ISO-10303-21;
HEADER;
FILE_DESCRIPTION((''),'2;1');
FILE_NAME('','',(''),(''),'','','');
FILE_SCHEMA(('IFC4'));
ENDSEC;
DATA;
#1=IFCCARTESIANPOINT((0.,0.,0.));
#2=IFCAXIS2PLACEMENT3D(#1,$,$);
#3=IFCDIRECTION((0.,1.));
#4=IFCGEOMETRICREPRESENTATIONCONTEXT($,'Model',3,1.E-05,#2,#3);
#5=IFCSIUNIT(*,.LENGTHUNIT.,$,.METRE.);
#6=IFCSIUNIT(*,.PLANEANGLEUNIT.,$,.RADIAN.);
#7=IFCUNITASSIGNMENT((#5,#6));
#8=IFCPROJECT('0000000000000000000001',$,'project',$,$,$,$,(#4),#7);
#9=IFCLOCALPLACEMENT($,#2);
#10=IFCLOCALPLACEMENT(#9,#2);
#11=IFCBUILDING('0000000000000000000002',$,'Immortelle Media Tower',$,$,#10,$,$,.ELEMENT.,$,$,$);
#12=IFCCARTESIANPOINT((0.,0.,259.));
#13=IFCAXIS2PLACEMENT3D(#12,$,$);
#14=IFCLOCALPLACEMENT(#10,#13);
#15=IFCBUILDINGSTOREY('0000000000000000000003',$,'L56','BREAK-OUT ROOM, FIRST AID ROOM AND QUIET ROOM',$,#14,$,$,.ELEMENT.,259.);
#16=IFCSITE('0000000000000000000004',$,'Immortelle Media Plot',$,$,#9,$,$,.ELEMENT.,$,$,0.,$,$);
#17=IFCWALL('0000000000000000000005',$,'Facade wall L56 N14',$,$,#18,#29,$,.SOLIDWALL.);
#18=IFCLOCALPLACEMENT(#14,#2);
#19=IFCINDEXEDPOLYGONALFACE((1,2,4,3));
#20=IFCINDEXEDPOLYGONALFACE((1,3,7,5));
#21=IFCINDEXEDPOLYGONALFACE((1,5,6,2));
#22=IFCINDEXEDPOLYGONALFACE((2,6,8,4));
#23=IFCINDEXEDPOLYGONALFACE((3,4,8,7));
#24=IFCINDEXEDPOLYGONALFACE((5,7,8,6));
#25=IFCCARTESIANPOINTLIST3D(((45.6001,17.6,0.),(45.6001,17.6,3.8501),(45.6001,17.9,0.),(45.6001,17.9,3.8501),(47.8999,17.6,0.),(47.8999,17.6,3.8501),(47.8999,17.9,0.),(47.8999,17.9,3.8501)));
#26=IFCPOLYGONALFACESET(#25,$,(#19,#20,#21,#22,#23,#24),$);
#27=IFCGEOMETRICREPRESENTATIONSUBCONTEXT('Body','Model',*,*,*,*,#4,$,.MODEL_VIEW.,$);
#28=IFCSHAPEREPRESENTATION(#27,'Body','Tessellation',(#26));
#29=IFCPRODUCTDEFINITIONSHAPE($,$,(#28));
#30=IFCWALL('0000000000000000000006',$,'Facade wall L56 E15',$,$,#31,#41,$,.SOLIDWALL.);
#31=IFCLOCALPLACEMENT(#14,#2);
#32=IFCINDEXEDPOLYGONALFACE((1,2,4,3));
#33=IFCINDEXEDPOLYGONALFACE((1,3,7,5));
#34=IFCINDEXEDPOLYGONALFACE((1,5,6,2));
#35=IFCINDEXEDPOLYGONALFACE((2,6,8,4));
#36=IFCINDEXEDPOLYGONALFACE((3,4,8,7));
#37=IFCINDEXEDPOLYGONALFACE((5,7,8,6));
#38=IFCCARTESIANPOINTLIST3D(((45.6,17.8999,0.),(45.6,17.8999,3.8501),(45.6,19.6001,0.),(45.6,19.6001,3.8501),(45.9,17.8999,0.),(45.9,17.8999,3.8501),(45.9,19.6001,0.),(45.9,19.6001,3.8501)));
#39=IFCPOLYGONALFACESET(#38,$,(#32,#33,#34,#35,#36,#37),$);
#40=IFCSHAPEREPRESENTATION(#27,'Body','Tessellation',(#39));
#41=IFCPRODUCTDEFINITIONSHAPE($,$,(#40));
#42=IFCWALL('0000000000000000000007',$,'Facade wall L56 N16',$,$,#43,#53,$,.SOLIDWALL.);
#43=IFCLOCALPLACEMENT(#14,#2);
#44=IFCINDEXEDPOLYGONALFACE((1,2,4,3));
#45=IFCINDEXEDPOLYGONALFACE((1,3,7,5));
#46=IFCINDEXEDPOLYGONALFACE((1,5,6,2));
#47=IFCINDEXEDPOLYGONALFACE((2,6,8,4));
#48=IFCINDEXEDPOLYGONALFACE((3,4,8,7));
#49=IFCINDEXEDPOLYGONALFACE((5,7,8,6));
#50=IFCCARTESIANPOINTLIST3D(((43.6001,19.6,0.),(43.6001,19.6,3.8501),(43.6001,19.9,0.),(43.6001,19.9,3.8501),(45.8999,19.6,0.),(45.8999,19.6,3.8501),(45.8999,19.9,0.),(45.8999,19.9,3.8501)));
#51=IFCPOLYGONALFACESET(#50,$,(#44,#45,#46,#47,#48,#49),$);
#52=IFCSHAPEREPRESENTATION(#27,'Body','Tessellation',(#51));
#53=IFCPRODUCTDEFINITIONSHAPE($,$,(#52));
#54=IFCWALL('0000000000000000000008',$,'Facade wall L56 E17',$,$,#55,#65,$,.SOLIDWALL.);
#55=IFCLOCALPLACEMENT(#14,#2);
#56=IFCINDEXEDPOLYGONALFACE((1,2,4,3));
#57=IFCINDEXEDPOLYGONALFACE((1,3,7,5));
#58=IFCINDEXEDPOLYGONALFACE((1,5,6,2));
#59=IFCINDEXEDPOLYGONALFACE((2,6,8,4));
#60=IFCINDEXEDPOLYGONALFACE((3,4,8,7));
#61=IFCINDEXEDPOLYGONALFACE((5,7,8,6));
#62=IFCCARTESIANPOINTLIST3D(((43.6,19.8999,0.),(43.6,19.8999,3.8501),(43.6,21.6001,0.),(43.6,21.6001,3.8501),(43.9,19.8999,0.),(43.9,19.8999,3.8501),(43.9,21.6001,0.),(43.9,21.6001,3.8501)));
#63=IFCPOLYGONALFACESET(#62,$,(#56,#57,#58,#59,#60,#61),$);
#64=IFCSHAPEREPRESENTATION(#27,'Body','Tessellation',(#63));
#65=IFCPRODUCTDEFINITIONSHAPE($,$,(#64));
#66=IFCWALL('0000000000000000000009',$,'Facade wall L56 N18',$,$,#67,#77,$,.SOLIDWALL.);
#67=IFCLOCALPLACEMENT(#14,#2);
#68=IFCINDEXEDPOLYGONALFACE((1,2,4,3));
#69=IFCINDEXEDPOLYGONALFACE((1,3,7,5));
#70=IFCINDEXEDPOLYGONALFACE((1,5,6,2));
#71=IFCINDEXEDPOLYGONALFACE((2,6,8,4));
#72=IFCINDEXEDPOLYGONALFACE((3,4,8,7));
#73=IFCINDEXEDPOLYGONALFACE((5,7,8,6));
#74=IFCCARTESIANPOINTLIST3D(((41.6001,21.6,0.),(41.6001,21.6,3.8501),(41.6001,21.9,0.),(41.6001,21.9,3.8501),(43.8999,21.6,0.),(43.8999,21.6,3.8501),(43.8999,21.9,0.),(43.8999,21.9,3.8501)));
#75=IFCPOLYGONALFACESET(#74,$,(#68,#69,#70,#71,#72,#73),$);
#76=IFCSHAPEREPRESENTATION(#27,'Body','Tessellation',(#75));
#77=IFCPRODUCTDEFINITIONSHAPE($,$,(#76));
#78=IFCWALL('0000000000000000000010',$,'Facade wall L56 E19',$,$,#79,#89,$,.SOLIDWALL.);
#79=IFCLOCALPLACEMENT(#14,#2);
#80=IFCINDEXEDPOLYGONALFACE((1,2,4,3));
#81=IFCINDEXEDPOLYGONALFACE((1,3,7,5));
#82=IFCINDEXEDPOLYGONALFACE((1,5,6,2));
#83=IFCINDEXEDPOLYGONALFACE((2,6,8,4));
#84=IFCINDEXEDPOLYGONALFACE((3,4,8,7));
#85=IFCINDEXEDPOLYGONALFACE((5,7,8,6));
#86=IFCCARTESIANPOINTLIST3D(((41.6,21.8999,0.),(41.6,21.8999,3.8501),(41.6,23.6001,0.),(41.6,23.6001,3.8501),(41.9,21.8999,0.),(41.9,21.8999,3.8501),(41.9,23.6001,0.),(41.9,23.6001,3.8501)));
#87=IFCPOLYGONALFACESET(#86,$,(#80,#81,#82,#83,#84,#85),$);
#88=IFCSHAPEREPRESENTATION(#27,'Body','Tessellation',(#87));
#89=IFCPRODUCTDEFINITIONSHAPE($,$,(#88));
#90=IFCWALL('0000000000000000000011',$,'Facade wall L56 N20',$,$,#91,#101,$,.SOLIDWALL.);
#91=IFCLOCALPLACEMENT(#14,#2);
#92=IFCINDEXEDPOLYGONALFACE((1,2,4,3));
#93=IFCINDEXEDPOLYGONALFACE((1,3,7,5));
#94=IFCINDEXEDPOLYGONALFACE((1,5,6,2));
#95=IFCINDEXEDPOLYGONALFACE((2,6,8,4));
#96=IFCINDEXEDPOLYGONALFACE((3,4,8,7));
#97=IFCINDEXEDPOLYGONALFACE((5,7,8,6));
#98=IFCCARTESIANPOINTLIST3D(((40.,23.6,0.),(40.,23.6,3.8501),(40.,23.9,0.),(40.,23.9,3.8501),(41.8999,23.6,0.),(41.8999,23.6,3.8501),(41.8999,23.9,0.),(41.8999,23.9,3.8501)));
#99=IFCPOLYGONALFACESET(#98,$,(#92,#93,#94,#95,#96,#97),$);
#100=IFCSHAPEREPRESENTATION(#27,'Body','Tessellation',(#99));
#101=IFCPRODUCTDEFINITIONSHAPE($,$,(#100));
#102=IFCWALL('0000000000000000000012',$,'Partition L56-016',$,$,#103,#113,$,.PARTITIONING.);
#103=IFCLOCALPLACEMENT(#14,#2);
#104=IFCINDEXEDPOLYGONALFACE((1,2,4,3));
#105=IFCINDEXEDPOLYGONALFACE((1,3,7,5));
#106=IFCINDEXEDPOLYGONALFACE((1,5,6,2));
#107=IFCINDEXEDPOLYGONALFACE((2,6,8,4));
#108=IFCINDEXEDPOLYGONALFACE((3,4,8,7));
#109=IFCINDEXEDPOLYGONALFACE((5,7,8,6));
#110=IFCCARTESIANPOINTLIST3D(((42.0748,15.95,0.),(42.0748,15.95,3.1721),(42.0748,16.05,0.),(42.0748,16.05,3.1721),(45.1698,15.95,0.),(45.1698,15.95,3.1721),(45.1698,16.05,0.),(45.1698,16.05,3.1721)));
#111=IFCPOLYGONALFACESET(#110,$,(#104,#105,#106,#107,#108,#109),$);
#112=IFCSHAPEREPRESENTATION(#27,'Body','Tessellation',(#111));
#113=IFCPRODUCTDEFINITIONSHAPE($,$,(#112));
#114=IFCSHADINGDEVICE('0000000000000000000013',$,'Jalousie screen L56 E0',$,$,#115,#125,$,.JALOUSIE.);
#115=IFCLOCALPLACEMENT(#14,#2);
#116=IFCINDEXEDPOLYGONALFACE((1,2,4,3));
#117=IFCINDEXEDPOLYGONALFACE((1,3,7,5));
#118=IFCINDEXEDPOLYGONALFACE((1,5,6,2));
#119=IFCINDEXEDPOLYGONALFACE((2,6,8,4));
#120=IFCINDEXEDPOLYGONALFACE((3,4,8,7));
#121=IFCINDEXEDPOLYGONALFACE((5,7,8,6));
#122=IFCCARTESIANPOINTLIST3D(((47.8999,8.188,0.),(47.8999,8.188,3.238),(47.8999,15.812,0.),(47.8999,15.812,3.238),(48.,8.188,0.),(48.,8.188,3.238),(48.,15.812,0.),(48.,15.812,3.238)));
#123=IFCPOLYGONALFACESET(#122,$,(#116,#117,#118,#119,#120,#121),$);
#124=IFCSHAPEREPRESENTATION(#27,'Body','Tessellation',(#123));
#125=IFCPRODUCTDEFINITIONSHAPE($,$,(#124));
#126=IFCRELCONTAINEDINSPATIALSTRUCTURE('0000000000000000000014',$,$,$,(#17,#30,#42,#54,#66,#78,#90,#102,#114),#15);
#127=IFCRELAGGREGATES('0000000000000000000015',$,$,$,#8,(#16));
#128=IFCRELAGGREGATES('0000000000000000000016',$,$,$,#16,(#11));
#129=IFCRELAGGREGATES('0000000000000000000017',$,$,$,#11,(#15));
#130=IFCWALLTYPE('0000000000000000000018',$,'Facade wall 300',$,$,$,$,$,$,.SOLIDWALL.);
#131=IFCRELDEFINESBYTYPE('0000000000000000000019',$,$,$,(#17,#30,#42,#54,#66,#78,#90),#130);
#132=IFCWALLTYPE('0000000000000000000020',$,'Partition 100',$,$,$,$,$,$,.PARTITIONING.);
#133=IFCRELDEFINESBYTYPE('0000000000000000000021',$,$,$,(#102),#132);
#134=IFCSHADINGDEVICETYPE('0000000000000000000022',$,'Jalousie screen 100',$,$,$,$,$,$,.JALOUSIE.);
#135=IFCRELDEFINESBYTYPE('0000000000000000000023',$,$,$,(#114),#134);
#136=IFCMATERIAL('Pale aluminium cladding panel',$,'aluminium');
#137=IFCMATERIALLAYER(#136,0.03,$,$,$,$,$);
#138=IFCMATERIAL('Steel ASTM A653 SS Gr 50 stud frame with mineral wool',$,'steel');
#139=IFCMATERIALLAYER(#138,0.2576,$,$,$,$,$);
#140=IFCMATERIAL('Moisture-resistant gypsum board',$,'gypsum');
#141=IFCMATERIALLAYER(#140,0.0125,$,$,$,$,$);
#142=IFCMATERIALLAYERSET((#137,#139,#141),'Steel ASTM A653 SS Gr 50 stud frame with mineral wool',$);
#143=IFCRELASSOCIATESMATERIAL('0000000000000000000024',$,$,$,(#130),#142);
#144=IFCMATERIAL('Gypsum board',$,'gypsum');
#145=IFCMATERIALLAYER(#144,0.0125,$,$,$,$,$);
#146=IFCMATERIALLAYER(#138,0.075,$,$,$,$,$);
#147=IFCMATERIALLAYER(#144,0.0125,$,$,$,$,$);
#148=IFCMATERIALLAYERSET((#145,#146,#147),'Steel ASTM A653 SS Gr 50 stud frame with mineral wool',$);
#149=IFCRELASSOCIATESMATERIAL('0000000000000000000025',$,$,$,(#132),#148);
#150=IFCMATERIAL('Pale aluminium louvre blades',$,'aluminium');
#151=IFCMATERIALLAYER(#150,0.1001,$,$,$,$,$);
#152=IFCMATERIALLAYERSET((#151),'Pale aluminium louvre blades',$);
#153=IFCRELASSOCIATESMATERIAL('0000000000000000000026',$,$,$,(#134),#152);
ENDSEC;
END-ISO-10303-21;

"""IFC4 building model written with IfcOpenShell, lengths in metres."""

from ifc_helpers import new_model, si_unit, direction, frame, frame_2d, origin, origin_2d, place, context, subcontext, project, spatial, rectangle, extrude, material, layer, layer_set, type_object, element, save


model = new_model("IFC4")

# Units and contexts
model_context = context("Model", 3, precision=1e-05, world=origin(), true_north=direction((0.0, 1.0)))
body_context = subcontext(model_context, "Body", "Model", "MODEL_VIEW")
ifc_project = project(units=[si_unit("LENGTHUNIT", "METRE"), si_unit("PLANEANGLEUNIT", "RADIAN")], contexts=[model_context])

# Site, building, storey
site_placement = place(None, origin())
site = spatial("IfcSite", under=ifc_project, at=site_placement, Name="Immortelle Media Plot", CompositionType="ELEMENT", RefElevation=0.0)
building_placement = place(site_placement, origin())
building = spatial("IfcBuilding", under=site, at=building_placement, Name="Immortelle Media Tower", CompositionType="ELEMENT")
storey_placement = place(building_placement, frame((0.0, 0.0, 259.0)))
storey = spatial("IfcBuildingStorey", under=building, at=storey_placement, Name="L56", Description="BREAK-OUT ROOM, FIRST AID ROOM AND QUIET ROOM", CompositionType="ELEMENT", Elevation=259.0)

# Walls
ifc_material_1 = material(Name="Steel ASTM A653 SS Gr 50 stud frame with mineral wool", Category="steel")
ifc_material_2 = material(Name="Pale aluminium cladding panel", Category="aluminium")
ifc_layer_1 = layer(ifc_material_2, 0.03)
ifc_layer_2 = layer(ifc_material_1, 0.2576)
ifc_material_3 = material(Name="Moisture-resistant gypsum board", Category="gypsum")
ifc_layer_3 = layer(ifc_material_3, 0.0125)
ifc_layer_set_1 = layer_set([ifc_layer_1, ifc_layer_2, ifc_layer_3], Name="Steel ASTM A653 SS Gr 50 stud frame with mineral wool")
wall_type_1 = type_object("IfcWallType", Name="Facade wall 300", PredefinedType="SOLIDWALL", material=ifc_layer_set_1)
wall_1_placement = place(storey_placement, frame((47.8999, 17.75, 0.0), z_axis=(0.0, 0.0, 1.0), x_axis=(-1.0, 0.0, 0.0)))
element("IfcWall", 1, at=wall_1_placement, inside=storey, type_object=wall_type_1, Name="Facade wall L56 N14", PredefinedType="SOLIDWALL", context=body_context, shape_type="SweptSolid", body=[
    extrude(rectangle(XDim=2.2998, YDim=0.3, at=frame_2d((1.1499, 0.0))), origin(), (0.0, 0.0, 1.0), 3.8501),
])
wall_2_placement = place(storey_placement, frame((45.75, 17.8999, 0.0), z_axis=(0.0, 0.0, 1.0), x_axis=(0.0, 1.0, 0.0)))
element("IfcWall", 2, at=wall_2_placement, inside=storey, type_object=wall_type_1, Name="Facade wall L56 E15", PredefinedType="SOLIDWALL", context=body_context, shape_type="SweptSolid", body=[
    extrude(rectangle(XDim=1.7002, YDim=0.3, at=frame_2d((0.8501, 0.0))), origin(), (0.0, 0.0, 1.0), 3.8501),
])
wall_3_placement = place(storey_placement, frame((45.8999, 19.75, 0.0), z_axis=(0.0, 0.0, 1.0), x_axis=(-1.0, 0.0, 0.0)))
element("IfcWall", 3, at=wall_3_placement, inside=storey, type_object=wall_type_1, Name="Facade wall L56 N16", PredefinedType="SOLIDWALL", context=body_context, shape_type="SweptSolid", body=[
    extrude(rectangle(XDim=2.2998, YDim=0.3, at=frame_2d((1.1499, 0.0))), origin(), (0.0, 0.0, 1.0), 3.8501),
])
wall_4_placement = place(storey_placement, frame((43.75, 19.8999, 0.0), z_axis=(0.0, 0.0, 1.0), x_axis=(0.0, 1.0, 0.0)))
element("IfcWall", 4, at=wall_4_placement, inside=storey, type_object=wall_type_1, Name="Facade wall L56 E17", PredefinedType="SOLIDWALL", context=body_context, shape_type="SweptSolid", body=[
    extrude(rectangle(XDim=1.7002, YDim=0.3, at=frame_2d((0.8501, 0.0))), origin(), (0.0, 0.0, 1.0), 3.8501),
])
wall_5_placement = place(storey_placement, frame((43.8999, 21.75, 0.0), z_axis=(0.0, 0.0, 1.0), x_axis=(-1.0, 0.0, 0.0)))
element("IfcWall", 5, at=wall_5_placement, inside=storey, type_object=wall_type_1, Name="Facade wall L56 N18", PredefinedType="SOLIDWALL", context=body_context, shape_type="SweptSolid", body=[
    extrude(rectangle(XDim=2.2998, YDim=0.3, at=frame_2d((1.1499, 0.0))), origin(), (0.0, 0.0, 1.0), 3.8501),
])
wall_6_placement = place(storey_placement, frame((41.75, 21.8999, 0.0), z_axis=(0.0, 0.0, 1.0), x_axis=(0.0, 1.0, 0.0)))
element("IfcWall", 6, at=wall_6_placement, inside=storey, type_object=wall_type_1, Name="Facade wall L56 E19", PredefinedType="SOLIDWALL", context=body_context, shape_type="SweptSolid", body=[
    extrude(rectangle(XDim=1.7002, YDim=0.3, at=frame_2d((0.8501, 0.0))), origin(), (0.0, 0.0, 1.0), 3.8501),
])
wall_7_placement = place(storey_placement, frame((41.8999, 23.75, 0.0), z_axis=(0.0, 0.0, 1.0), x_axis=(-1.0, 0.0, 0.0)))
element("IfcWall", 7, at=wall_7_placement, inside=storey, type_object=wall_type_1, Name="Facade wall L56 N20", PredefinedType="SOLIDWALL", context=body_context, shape_type="SweptSolid", body=[
    extrude(rectangle(XDim=1.8999, YDim=0.3, at=frame_2d((0.95, 0.0))), origin(), (0.0, 0.0, 1.0), 3.8501),
])
ifc_material_4 = material(Name="Gypsum board", Category="gypsum")
ifc_layer_4 = layer(ifc_material_4, 0.0125)
ifc_layer_5 = layer(ifc_material_1, 0.075)
ifc_layer_6 = layer(ifc_material_4, 0.0125)
ifc_layer_set_2 = layer_set([ifc_layer_4, ifc_layer_5, ifc_layer_6], Name="Steel ASTM A653 SS Gr 50 stud frame with mineral wool")
wall_type_2 = type_object("IfcWallType", Name="Partition 100", PredefinedType="PARTITIONING", material=ifc_layer_set_2)
wall_8_placement = place(storey_placement, frame((42.075, 16.0, 0.0), z_axis=(0.0, 0.0, 1.0), x_axis=(1.0, 0.0, 0.0)))
element("IfcWall", 8, at=wall_8_placement, inside=storey, type_object=wall_type_2, Name="Partition L56-016", PredefinedType="PARTITIONING", context=body_context, shape_type="SweptSolid", body=[
    extrude(rectangle(XDim=3.095, YDim=0.1001, at=frame_2d((1.5474, 0.0))), origin(), (0.0, 0.0, 1.0), 3.1721),
])

# Shading device
ifc_material_5 = material(Name="Pale aluminium louvre blades", Category="aluminium")
ifc_layer_7 = layer(ifc_material_5, 0.1001)
ifc_layer_set_3 = layer_set([ifc_layer_7], Name="Pale aluminium louvre blades")
shading_device_type = type_object("IfcShadingDeviceType", Name="Jalousie screen 100", PredefinedType="JALOUSIE", material=ifc_layer_set_3)
shading_device_placement = place(storey_placement, frame((47.95, 12.0, 0.0), z_axis=(0.0, 0.0, 1.0), x_axis=(0.0, 1.0, 0.0)))
element("IfcShadingDevice", 9, at=shading_device_placement, inside=storey, type_object=shading_device_type, Name="Jalousie screen L56 E0", PredefinedType="JALOUSIE", context=body_context, shape_type="SweptSolid", body=[
    extrude(rectangle(XDim=7.624, YDim=0.1001, at=origin_2d()), origin(), (0.0, 0.0, 1.0), 3.238),
])

save(model, "model.ifc")
